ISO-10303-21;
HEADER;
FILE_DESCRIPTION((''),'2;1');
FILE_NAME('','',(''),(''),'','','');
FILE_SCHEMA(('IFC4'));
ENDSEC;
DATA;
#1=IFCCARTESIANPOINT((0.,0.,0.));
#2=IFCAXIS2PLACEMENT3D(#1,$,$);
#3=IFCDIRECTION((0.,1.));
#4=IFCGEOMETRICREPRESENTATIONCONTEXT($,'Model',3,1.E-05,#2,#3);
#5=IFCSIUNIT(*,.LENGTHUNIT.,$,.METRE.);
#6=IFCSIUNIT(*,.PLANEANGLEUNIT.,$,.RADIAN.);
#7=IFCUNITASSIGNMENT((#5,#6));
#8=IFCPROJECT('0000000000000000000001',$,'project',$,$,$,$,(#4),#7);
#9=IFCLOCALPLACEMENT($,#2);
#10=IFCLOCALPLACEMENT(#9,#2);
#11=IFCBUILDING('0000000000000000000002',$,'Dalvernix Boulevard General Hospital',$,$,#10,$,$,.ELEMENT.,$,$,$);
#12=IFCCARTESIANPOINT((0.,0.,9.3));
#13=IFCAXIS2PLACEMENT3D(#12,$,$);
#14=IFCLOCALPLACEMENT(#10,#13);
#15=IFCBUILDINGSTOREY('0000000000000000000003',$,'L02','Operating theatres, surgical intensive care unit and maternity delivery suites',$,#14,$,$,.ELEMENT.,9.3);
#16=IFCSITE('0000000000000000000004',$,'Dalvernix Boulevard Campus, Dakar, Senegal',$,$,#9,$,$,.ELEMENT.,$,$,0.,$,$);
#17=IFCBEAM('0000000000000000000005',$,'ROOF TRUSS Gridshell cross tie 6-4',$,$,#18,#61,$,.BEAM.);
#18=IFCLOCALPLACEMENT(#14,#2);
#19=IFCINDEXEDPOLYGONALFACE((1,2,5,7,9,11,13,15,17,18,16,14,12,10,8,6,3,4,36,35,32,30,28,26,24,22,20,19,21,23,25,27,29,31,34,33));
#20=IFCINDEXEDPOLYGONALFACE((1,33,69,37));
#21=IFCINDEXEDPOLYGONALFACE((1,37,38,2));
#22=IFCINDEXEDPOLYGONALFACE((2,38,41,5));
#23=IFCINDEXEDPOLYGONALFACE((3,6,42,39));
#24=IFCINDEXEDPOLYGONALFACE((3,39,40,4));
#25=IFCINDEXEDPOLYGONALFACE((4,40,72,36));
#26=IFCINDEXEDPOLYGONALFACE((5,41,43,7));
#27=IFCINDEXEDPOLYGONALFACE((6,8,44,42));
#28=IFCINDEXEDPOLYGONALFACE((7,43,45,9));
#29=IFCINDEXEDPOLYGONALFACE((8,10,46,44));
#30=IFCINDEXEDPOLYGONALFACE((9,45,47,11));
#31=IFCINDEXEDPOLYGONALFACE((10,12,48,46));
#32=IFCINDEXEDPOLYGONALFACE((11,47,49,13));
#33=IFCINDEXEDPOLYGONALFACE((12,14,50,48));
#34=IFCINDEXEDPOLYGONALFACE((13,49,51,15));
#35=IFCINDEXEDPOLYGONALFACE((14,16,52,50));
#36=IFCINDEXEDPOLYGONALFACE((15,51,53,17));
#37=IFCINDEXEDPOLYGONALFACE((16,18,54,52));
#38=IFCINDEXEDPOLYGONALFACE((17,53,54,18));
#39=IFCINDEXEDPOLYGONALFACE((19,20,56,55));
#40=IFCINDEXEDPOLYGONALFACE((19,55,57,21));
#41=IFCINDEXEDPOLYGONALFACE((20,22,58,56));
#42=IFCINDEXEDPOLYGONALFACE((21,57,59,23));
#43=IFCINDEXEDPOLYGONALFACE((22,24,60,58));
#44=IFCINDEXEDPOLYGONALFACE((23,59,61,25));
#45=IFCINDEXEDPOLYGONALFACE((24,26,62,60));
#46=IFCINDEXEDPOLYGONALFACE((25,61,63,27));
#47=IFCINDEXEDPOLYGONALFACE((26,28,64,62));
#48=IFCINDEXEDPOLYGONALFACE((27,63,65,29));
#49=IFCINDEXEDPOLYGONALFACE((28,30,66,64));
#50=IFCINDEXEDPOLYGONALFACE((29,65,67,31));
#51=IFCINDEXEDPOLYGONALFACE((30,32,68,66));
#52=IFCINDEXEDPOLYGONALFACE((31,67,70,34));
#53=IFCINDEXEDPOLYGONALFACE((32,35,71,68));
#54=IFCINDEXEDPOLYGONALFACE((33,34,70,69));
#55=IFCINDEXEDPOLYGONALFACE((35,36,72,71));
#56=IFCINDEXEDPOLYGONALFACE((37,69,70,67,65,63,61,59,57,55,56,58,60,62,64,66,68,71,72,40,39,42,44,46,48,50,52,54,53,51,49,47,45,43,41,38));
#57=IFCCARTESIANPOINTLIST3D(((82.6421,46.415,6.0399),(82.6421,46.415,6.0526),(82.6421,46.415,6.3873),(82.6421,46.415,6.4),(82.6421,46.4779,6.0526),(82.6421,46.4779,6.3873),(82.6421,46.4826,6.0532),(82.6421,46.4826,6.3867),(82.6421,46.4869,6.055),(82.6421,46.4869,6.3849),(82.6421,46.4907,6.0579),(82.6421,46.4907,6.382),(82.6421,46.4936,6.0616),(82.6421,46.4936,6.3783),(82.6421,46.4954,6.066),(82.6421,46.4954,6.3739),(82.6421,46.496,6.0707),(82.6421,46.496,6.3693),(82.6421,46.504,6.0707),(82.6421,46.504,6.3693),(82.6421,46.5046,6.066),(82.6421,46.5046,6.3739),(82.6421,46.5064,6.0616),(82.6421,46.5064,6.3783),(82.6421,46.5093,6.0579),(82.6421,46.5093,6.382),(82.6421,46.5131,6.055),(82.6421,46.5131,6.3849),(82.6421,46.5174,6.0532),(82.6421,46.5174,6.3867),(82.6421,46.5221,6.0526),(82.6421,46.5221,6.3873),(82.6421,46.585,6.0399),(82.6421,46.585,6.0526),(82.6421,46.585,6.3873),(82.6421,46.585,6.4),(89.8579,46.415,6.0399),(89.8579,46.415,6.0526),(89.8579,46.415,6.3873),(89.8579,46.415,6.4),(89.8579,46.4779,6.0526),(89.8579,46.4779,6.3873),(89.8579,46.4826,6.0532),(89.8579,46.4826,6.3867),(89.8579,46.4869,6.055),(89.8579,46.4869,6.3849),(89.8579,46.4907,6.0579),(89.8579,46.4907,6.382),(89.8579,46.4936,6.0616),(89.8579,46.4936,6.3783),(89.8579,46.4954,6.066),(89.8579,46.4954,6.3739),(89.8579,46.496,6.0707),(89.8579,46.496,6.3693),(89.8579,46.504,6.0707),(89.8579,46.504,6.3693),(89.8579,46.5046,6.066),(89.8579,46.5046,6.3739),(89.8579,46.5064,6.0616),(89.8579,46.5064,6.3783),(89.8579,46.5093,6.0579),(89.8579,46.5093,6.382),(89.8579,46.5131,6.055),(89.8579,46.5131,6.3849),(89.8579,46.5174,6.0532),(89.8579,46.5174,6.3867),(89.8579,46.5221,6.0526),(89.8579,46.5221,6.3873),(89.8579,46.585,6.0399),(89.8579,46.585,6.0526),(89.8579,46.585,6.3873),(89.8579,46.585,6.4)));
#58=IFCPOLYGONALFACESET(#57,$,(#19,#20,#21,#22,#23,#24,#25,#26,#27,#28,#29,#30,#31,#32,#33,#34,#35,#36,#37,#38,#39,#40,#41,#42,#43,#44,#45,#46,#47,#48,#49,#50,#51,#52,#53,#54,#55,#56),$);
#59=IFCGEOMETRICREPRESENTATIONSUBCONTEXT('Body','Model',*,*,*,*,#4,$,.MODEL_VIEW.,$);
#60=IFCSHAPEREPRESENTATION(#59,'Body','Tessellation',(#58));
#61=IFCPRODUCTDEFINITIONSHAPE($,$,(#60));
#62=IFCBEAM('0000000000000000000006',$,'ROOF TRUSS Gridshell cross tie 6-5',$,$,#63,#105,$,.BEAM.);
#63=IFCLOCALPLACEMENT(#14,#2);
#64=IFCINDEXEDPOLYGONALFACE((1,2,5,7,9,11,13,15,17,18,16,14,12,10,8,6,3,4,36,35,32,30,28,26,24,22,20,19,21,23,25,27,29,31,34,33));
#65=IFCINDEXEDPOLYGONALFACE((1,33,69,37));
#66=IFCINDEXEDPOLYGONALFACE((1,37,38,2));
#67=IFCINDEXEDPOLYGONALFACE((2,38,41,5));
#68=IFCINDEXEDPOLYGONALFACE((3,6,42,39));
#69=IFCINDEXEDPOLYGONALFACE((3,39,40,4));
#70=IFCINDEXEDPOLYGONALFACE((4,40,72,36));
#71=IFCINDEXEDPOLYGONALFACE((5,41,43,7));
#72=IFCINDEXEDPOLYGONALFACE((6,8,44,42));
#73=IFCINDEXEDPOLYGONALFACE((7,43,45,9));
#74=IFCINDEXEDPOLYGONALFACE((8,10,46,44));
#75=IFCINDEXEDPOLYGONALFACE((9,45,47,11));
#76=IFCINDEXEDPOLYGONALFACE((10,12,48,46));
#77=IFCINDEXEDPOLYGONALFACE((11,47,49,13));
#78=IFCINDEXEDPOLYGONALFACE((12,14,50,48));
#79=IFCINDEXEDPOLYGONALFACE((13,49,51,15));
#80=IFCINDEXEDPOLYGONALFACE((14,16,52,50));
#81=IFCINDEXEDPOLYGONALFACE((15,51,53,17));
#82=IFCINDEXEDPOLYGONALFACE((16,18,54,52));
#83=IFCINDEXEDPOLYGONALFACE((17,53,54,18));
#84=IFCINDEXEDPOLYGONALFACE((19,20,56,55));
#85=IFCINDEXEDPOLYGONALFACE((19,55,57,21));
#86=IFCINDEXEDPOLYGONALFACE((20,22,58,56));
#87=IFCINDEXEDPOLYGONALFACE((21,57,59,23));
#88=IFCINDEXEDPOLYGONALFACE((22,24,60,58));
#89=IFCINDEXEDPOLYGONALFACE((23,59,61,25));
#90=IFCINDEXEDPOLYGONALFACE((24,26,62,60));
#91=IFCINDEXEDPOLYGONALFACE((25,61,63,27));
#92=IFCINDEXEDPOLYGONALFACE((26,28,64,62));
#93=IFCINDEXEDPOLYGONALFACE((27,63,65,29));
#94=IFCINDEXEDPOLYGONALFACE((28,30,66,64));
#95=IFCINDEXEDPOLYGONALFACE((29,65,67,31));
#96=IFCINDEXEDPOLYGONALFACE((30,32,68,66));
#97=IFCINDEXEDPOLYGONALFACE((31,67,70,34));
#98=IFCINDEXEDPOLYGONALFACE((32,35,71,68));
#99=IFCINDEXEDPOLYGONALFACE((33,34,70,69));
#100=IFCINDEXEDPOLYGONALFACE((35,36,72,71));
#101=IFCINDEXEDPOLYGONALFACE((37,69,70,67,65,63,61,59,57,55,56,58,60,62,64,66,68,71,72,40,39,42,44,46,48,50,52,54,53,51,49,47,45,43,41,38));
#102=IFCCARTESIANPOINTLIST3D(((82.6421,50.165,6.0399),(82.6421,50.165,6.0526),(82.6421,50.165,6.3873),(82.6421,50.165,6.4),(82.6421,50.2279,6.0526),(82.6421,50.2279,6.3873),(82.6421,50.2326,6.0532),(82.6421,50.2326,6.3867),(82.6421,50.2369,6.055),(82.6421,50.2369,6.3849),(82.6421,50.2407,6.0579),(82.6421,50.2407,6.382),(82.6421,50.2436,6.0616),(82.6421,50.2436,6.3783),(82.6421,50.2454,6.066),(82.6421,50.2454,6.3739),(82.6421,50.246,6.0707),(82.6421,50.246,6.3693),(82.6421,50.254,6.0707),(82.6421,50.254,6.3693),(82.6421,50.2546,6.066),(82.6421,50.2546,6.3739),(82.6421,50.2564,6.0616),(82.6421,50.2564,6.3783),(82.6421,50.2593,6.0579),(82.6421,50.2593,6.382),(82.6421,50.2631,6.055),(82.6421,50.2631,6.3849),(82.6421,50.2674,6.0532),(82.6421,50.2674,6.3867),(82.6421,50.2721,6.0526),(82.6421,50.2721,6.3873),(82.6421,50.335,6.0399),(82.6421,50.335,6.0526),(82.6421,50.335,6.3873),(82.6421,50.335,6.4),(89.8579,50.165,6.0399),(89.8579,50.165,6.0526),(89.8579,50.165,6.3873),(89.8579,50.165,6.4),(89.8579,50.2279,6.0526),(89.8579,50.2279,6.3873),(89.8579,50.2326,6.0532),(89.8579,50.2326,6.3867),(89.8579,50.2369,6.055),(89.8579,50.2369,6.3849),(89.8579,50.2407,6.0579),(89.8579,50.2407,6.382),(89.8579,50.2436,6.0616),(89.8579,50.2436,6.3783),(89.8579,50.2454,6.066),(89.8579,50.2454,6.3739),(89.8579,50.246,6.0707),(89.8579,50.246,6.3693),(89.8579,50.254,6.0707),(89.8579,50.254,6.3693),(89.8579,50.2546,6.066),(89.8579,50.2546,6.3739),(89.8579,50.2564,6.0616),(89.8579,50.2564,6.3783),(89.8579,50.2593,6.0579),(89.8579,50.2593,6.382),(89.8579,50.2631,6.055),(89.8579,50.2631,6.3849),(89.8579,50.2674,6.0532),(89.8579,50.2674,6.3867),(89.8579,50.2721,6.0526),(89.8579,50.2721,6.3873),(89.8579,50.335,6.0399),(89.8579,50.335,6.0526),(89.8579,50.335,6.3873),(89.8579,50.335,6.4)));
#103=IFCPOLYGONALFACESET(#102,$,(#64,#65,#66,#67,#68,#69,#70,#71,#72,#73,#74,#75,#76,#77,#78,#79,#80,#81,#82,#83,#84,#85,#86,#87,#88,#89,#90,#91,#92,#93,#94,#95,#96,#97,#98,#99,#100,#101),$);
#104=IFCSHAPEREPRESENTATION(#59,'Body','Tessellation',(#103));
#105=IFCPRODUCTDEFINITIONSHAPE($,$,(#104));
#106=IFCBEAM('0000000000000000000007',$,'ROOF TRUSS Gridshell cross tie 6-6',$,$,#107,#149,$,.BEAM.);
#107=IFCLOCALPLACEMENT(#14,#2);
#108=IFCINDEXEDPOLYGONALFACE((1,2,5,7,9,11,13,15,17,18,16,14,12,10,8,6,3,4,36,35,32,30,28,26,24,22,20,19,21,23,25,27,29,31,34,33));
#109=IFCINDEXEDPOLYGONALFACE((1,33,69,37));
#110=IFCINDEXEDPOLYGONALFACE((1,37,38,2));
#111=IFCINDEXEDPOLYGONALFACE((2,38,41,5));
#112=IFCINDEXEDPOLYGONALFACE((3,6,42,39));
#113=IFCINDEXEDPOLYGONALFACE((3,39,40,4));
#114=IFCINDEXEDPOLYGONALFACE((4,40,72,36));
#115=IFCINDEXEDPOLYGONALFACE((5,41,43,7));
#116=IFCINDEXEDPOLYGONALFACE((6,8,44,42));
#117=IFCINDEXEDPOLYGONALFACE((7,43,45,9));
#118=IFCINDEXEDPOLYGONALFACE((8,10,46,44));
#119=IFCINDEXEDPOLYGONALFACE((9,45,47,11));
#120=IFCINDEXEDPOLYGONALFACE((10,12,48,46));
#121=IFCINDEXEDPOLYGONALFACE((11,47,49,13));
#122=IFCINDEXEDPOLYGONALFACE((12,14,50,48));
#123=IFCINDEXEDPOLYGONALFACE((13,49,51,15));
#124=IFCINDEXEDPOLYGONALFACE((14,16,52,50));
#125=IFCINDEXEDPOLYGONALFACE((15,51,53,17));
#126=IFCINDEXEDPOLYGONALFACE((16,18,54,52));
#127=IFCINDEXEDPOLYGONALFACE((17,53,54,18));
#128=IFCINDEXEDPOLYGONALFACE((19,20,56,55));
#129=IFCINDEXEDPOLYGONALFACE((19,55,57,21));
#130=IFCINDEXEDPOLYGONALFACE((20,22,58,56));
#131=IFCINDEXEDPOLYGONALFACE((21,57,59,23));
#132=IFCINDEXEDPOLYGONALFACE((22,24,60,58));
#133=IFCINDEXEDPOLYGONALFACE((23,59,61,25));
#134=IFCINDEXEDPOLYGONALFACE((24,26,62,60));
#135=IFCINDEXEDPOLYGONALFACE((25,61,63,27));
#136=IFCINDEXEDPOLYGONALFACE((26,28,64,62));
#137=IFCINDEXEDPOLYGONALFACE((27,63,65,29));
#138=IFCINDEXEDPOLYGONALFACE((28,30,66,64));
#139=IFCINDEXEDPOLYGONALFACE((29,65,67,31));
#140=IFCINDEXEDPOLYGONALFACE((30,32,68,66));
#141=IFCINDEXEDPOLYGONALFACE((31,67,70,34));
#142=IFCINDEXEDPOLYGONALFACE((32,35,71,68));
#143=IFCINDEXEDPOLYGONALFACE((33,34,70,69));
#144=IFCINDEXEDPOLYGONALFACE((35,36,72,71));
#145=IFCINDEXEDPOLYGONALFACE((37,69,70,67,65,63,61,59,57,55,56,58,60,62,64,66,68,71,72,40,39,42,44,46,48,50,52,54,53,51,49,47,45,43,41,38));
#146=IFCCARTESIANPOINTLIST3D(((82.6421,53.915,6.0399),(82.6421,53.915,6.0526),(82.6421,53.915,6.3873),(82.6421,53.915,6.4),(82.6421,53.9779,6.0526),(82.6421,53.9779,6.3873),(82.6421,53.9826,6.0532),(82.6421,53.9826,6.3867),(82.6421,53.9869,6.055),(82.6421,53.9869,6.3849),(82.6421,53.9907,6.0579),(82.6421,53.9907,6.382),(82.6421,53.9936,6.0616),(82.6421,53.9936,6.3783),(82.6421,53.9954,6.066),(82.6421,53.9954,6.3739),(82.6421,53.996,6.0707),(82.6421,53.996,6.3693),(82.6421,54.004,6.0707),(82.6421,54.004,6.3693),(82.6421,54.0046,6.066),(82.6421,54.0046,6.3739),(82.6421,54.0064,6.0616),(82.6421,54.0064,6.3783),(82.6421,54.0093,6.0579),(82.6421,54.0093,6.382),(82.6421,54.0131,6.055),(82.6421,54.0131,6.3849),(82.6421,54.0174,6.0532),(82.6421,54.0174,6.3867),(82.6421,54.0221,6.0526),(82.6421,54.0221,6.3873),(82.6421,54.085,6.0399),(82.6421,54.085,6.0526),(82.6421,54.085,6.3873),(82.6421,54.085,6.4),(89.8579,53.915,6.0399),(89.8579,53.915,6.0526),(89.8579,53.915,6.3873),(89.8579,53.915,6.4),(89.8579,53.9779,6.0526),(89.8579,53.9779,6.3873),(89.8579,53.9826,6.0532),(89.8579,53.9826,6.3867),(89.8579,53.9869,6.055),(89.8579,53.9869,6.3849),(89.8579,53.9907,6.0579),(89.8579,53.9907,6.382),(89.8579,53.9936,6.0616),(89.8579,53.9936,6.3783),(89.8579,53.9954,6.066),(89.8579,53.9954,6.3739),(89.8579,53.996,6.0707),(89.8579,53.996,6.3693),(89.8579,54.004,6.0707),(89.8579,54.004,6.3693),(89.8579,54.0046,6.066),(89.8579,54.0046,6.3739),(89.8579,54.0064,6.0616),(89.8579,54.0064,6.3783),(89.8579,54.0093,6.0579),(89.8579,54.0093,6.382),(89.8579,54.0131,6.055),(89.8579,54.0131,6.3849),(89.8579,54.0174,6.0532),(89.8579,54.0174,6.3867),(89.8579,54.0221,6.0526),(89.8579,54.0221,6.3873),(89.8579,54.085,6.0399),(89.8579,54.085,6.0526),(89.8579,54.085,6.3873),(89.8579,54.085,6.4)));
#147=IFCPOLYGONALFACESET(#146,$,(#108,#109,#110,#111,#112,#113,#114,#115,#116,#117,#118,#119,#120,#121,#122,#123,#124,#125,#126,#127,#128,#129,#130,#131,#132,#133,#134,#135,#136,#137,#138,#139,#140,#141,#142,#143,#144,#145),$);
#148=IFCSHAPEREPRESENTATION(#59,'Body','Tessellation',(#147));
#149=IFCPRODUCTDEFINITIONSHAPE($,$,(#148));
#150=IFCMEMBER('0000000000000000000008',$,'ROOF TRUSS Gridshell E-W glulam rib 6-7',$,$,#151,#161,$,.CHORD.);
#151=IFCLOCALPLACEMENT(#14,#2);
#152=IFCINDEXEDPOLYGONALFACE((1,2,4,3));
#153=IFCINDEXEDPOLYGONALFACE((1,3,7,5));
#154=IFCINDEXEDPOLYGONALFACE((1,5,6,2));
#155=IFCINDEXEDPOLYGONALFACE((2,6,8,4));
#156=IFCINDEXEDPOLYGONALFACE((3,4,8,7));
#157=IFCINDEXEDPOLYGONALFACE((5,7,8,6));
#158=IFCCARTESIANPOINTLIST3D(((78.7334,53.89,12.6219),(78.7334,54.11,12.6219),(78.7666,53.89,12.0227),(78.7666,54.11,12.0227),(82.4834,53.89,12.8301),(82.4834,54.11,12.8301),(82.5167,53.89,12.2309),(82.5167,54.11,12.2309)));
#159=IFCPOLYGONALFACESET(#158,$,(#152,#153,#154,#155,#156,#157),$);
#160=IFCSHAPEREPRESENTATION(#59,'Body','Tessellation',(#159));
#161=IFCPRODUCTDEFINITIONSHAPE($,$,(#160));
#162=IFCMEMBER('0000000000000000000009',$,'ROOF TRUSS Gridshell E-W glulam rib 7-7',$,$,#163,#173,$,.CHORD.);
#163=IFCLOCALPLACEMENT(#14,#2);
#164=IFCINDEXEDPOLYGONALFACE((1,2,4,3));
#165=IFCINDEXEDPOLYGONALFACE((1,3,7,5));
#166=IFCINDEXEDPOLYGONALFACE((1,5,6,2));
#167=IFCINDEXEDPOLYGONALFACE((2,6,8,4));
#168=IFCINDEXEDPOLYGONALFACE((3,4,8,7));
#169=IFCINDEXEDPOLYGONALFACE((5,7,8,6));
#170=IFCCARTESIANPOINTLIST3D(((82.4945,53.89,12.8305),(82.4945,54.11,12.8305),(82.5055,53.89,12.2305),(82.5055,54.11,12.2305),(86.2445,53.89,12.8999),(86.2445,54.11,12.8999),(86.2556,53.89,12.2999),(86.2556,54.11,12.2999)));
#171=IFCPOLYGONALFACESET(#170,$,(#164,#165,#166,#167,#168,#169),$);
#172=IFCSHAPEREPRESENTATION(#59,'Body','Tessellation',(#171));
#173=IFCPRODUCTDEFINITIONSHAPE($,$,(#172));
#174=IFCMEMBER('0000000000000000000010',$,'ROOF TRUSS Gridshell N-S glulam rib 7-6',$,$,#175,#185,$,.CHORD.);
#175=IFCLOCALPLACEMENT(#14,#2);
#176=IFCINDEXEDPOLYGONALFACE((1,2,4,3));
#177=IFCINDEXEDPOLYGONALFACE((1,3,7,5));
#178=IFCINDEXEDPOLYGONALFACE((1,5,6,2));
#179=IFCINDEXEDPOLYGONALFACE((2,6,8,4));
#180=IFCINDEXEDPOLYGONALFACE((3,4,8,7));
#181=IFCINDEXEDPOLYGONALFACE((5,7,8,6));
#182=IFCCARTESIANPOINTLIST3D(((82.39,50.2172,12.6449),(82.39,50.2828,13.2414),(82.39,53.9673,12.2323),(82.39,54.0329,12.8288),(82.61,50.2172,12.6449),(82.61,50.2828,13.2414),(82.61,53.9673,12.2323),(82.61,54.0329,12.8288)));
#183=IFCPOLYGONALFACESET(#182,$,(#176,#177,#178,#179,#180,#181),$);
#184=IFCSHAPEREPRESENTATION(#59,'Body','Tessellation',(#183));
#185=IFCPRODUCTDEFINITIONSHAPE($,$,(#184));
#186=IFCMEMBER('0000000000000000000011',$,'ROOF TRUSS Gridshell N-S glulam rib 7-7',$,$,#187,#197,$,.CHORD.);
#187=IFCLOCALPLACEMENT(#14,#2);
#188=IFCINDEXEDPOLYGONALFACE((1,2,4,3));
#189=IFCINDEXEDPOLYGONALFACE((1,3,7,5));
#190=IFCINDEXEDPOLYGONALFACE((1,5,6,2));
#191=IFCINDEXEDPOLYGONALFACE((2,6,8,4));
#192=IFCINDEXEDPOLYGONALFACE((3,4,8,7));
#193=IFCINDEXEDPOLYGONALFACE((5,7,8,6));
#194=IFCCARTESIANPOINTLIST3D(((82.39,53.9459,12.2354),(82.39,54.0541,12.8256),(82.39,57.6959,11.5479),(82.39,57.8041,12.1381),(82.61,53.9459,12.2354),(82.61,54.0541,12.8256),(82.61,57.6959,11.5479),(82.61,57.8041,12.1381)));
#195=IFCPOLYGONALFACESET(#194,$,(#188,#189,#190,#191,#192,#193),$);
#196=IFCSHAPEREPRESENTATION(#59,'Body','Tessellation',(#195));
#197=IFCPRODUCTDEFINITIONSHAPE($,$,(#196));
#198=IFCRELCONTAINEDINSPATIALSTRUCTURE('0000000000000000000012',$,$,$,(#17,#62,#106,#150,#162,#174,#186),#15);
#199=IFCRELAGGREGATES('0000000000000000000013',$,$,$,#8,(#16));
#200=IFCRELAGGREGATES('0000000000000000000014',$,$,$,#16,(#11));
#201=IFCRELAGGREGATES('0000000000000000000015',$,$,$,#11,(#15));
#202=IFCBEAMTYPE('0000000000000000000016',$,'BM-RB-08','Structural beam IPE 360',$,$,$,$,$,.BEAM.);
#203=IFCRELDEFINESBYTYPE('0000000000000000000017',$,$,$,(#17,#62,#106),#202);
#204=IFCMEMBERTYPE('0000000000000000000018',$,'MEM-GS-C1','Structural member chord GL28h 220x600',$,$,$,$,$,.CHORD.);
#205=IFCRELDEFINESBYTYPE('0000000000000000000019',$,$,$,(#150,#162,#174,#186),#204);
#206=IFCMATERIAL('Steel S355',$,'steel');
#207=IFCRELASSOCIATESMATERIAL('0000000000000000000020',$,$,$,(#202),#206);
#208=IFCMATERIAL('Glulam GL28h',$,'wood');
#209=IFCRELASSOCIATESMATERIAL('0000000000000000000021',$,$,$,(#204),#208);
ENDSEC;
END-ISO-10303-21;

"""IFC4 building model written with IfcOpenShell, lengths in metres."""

from ifc_helpers import new_model, si_unit, direction, frame, origin, origin_2d, place, context, subcontext, project, spatial, rectangle, i_section, extrude, material, material_profile, profile_set, type_object, element, save


model = new_model("IFC4")

# Units and contexts
model_context = context("Model", 3, precision=1e-05, world=origin(), true_north=direction((0.0, 1.0)))
body_context = subcontext(model_context, "Body", "Model", "MODEL_VIEW")
ifc_project = project(units=[si_unit("LENGTHUNIT", "METRE"), si_unit("PLANEANGLEUNIT", "RADIAN")], contexts=[model_context])

# Site, building, storey
site_placement = place(None, origin())
site = spatial("IfcSite", under=ifc_project, at=site_placement, Name="Dalvernix Boulevard Campus, Dakar, Senegal", CompositionType="ELEMENT", RefElevation=0.0)
building_placement = place(site_placement, origin())
building = spatial("IfcBuilding", under=site, at=building_placement, Name="Dalvernix Boulevard General Hospital", CompositionType="ELEMENT")
storey_placement = place(building_placement, frame((0.0, 0.0, 9.3)))
storey = spatial("IfcBuildingStorey", under=building, at=storey_placement, Name="L02", Description="Operating theatres, surgical intensive care unit and maternity delivery suites", CompositionType="ELEMENT", Elevation=9.3)

# Beams
ifc_material_1 = material(Name="Steel S355", Category="steel")
ifc_material_profile_1 = material_profile(ifc_material_1, i_section(OverallWidth=0.1699, OverallDepth=0.3601, WebThickness=0.0081, FlangeThickness=0.0127, FilletRadius=0.0181, at=origin_2d()), Name="IPE 360")
ifc_profile_set_1 = profile_set([ifc_material_profile_1], Name="Steel S355")
beam_type = type_object("IfcBeamType", Name="BM-RB-08", Description="Structural beam IPE 360", PredefinedType="BEAM", material=ifc_profile_set_1)
for number, where, z_axis, x_axis, name in (
    (1, (82.6421, 46.5, 6.22), (1.0, 0.0, 0.0), (0.0, 1.0, 0.0), "ROOF TRUSS Gridshell cross tie 6-4"),
    (2, (82.6421, 50.25, 6.22), (1.0, 0.0, 0.0), (0.0, 1.0, 0.0), "ROOF TRUSS Gridshell cross tie 6-5"),
    (3, (82.6421, 54.0, 6.22), (1.0, 0.0, 0.0), (0.0, 1.0, 0.0), "ROOF TRUSS Gridshell cross tie 6-6"),
):
    element("IfcBeam", number, at=place(storey_placement, frame(where, z_axis=z_axis, x_axis=x_axis)), inside=storey, type_object=beam_type, Name=name, PredefinedType="BEAM", context=body_context, shape_type="SweptSolid", body=[
        extrude(i_section(OverallWidth=0.1699, OverallDepth=0.3601, WebThickness=0.0081, FlangeThickness=0.0127, FilletRadius=0.0181, at=origin_2d()), origin(), (0.0, 0.0, 1.0), 7.2158),
    ])

# Members
ifc_material_2 = material(Name="Glulam GL28h", Category="wood")
ifc_material_profile_2 = material_profile(ifc_material_2, rectangle(XDim=0.22, YDim=0.6001, at=origin_2d()), Name="GL28h 220x600")
ifc_profile_set_2 = profile_set([ifc_material_profile_2], Name="Glulam GL28h")
member_type_1 = type_object("IfcMemberType", Name="MEM-GS-C1", Description="Structural member chord GL28h 220x600", PredefinedType="CHORD", material=ifc_profile_set_2)
member_1_placement = place(storey_placement, frame((78.75, 54.0, 12.3223), z_axis=(0.998462, 0.0, 0.055448), x_axis=(0.0, 1.0, 0.0)))
element("IfcMember", 4, at=member_1_placement, inside=storey, type_object=member_type_1, Name="ROOF TRUSS Gridshell E-W glulam rib 6-7", PredefinedType="CHORD", context=body_context, shape_type="SweptSolid", body=[
    extrude(rectangle(XDim=0.22, YDim=0.6001, at=origin_2d()), origin(), (0.0, 0.0, 1.0), 3.7559),
])
member_2_placement = place(storey_placement, frame((82.5, 54.0, 12.5305), z_axis=(0.999829, 0.0, 0.018486), x_axis=(0.0, 1.0, 0.0)))
element("IfcMember", 5, at=member_2_placement, inside=storey, type_object=member_type_1, Name="ROOF TRUSS Gridshell E-W glulam rib 7-7", PredefinedType="CHORD", context=body_context, shape_type="SweptSolid", body=[
    extrude(rectangle(XDim=0.22, YDim=0.6001, at=origin_2d()), origin(), (0.0, 0.0, 1.0), 3.7507),
])
member_3_placement = place(storey_placement, frame((82.5, 50.25, 12.9431), z_axis=(0.0, 0.994002, -0.109366), x_axis=(-1.0, 0.0, 0.0)))
element("IfcMember", 6, at=member_3_placement, inside=storey, type_object=member_type_1, Name="ROOF TRUSS Gridshell N-S glulam rib 7-6", PredefinedType="CHORD", context=body_context, shape_type="SweptSolid", body=[
    extrude(rectangle(XDim=0.22, YDim=0.6001, at=origin_2d()), origin(), (0.0, 0.0, 1.0), 3.7727),
])
member_4_placement = place(storey_placement, frame((82.5, 54.0, 12.5305), z_axis=(0.0, 0.983607, -0.180328), x_axis=(-1.0, 0.0, 0.0)))
element("IfcMember", 7, at=member_4_placement, inside=storey, type_object=member_type_1, Name="ROOF TRUSS Gridshell N-S glulam rib 7-7", PredefinedType="CHORD", context=body_context, shape_type="SweptSolid", body=[
    extrude(rectangle(XDim=0.22, YDim=0.6001, at=origin_2d()), origin(), (0.0, 0.0, 1.0), 3.8125),
])

save(model, "model.ifc")
